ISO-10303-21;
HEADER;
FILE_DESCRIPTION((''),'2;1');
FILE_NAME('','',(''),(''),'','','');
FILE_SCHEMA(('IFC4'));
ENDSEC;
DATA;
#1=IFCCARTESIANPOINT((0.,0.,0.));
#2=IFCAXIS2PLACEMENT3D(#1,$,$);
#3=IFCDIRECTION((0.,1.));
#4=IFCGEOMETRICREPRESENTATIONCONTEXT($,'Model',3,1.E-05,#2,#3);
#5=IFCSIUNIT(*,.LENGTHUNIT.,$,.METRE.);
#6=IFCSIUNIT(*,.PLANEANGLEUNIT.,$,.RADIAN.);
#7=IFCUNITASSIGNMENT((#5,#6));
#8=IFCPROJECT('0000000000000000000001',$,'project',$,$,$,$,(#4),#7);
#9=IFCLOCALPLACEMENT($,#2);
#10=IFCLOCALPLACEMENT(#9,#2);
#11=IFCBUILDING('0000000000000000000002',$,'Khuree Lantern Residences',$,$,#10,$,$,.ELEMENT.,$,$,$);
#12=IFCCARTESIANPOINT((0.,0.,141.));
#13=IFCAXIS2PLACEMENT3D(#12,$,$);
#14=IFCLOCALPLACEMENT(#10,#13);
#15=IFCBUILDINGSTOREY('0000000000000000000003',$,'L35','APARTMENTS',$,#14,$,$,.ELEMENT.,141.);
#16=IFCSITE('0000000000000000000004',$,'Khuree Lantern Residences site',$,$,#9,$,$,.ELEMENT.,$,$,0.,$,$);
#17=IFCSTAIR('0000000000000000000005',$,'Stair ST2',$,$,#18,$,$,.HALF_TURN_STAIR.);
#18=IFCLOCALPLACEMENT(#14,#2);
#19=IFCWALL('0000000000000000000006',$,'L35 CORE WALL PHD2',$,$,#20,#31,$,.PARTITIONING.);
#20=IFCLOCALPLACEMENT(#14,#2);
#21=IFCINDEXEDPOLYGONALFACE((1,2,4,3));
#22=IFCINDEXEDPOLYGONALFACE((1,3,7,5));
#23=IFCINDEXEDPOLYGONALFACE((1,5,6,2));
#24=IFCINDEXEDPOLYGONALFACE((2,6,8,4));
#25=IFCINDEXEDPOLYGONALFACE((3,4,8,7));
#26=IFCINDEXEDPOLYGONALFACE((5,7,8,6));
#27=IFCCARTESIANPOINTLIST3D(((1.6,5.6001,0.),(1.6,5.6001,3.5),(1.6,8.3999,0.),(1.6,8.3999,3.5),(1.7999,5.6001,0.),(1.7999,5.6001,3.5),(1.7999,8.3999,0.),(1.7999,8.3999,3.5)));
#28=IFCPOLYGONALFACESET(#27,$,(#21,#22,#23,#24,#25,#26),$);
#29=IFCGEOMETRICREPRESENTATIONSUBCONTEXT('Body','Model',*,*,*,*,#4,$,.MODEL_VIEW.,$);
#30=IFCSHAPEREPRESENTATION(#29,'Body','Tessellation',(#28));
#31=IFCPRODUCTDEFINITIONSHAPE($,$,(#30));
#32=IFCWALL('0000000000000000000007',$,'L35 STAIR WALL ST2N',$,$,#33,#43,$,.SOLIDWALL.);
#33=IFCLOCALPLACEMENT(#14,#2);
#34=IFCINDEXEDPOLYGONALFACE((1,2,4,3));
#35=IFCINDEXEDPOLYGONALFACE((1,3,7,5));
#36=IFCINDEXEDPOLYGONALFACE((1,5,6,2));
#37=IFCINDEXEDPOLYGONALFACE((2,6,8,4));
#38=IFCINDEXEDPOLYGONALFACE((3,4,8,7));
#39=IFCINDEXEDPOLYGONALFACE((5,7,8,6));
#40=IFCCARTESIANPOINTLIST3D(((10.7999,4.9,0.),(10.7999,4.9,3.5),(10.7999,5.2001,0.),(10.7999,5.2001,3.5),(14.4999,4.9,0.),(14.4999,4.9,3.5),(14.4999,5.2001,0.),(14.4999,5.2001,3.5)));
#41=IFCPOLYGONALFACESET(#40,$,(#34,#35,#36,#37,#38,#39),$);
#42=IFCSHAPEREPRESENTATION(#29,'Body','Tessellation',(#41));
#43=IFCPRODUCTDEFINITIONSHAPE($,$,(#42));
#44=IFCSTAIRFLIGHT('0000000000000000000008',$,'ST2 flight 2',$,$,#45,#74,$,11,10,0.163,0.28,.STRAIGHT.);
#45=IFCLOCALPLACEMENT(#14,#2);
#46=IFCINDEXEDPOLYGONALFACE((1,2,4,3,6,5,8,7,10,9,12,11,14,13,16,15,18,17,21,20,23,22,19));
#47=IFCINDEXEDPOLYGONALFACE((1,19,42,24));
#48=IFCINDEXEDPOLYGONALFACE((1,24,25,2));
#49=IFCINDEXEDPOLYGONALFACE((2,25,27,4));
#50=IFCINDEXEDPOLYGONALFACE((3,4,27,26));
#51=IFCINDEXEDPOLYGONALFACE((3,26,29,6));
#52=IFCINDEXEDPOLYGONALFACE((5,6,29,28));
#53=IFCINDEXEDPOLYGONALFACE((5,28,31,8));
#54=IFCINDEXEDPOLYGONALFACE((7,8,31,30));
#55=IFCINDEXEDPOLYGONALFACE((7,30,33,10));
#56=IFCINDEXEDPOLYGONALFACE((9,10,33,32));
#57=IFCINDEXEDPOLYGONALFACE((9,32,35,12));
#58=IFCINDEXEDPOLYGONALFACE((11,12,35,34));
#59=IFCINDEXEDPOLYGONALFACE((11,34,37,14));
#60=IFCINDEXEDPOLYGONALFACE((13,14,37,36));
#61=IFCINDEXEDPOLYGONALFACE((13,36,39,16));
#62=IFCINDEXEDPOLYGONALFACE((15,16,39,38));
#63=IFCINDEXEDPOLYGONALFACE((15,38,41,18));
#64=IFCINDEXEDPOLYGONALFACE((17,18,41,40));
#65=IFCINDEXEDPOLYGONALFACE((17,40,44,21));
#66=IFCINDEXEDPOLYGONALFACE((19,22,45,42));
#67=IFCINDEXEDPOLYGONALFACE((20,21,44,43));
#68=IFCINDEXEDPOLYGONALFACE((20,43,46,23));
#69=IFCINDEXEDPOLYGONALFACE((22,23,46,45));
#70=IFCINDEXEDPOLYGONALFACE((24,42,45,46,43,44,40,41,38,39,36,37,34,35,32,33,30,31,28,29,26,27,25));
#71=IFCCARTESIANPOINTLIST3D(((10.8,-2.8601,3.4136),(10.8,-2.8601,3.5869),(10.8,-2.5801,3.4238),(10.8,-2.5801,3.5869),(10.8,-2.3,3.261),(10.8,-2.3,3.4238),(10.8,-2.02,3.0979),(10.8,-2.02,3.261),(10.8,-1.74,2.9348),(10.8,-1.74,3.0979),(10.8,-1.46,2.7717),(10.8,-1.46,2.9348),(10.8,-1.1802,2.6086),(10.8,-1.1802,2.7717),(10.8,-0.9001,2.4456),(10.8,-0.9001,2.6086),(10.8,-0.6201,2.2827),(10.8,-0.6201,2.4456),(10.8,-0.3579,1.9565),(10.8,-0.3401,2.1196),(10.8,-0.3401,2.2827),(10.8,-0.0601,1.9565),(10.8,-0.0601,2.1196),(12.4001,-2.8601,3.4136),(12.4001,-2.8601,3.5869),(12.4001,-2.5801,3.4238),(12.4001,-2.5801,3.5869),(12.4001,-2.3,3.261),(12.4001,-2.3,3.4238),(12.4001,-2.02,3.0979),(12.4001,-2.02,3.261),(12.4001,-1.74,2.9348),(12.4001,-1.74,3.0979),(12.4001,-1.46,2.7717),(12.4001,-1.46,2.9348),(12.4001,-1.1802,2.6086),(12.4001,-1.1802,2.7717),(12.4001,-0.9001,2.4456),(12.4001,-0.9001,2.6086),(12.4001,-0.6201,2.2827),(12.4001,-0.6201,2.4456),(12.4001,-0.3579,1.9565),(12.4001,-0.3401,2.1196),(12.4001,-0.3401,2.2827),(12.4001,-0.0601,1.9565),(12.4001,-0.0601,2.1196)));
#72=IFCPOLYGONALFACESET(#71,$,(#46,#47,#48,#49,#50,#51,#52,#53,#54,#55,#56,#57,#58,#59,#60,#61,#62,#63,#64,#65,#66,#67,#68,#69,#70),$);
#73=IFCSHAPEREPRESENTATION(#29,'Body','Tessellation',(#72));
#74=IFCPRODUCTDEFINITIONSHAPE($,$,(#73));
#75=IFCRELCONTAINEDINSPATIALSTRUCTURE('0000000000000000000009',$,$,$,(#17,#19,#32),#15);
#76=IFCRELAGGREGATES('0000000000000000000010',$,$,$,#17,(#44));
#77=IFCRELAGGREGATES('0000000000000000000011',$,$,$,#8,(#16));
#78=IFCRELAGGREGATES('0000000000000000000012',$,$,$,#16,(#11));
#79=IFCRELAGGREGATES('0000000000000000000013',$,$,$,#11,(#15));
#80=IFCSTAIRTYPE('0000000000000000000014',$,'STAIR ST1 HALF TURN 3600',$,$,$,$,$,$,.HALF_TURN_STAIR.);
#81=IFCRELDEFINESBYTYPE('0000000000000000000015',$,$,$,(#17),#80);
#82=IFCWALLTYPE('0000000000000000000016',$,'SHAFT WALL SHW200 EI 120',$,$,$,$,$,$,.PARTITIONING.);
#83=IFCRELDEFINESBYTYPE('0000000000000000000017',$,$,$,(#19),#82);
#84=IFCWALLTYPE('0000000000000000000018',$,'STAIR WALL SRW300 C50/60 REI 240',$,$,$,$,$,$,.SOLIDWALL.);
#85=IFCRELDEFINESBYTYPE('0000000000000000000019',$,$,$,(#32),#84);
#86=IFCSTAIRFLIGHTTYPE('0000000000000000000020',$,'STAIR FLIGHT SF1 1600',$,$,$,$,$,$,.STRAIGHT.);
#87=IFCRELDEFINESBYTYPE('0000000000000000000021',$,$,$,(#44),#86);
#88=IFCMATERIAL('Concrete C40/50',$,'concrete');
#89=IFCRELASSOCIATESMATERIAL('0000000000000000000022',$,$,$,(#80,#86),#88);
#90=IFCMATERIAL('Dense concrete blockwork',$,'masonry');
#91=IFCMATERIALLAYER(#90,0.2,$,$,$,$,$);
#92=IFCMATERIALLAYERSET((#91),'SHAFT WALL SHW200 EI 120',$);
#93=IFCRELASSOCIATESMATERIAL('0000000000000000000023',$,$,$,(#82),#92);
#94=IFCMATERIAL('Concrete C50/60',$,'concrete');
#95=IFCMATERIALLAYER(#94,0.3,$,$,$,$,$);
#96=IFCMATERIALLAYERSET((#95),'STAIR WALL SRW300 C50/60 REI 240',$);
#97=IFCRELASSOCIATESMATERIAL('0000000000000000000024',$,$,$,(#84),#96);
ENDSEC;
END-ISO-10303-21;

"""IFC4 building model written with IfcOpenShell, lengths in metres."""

from ifc_helpers import new_model, si_unit, direction, frame, frame_2d, origin, place, context, subcontext, project, spatial, polyline, rectangle, outline, extrude, material, layer, layer_set, type_object, element, aggregate, save


model = new_model("IFC4")

# Units and contexts
model_context = context("Model", 3, precision=1e-05, world=origin(), true_north=direction((0.0, 1.0)))
body_context = subcontext(model_context, "Body", "Model", "MODEL_VIEW")
ifc_project = project(units=[si_unit("LENGTHUNIT", "METRE"), si_unit("PLANEANGLEUNIT", "RADIAN")], contexts=[model_context])

# Site, building, storey
site_placement = place(None, origin())
site = spatial("IfcSite", under=ifc_project, at=site_placement, Name="Khuree Lantern Residences site", CompositionType="ELEMENT", RefElevation=0.0)
building_placement = place(site_placement, origin())
building = spatial("IfcBuilding", under=site, at=building_placement, Name="Khuree Lantern Residences", CompositionType="ELEMENT")
storey_placement = place(building_placement, frame((0.0, 0.0, 141.0)))
storey = spatial("IfcBuildingStorey", under=building, at=storey_placement, Name="L35", Description="APARTMENTS", CompositionType="ELEMENT", Elevation=141.0)

# Shared definitions
ifc_material_1 = material(Name="Concrete C40/50", Category="concrete")
stair_type = type_object("IfcStairType", Name="STAIR ST1 HALF TURN 3600", PredefinedType="HALF_TURN_STAIR", material=ifc_material_1)

# Stair
stair_1_placement = place(storey_placement, origin())
stair_1 = element("IfcStair", 1, at=stair_1_placement, inside=storey, type_object=stair_type, Name="Stair ST2", PredefinedType="HALF_TURN_STAIR")

# Shared definitions
ifc_material_2 = material(Name="Dense concrete blockwork", Category="masonry")

# Walls
ifc_layer_1 = layer(ifc_material_2, 0.2)
ifc_layer_set_1 = layer_set([ifc_layer_1], Name="SHAFT WALL SHW200 EI 120")
wall_type_1 = type_object("IfcWallType", Name="SHAFT WALL SHW200 EI 120", PredefinedType="PARTITIONING", material=ifc_layer_set_1)
wall_1_placement = place(storey_placement, frame((1.7, 5.6001, 0.0), z_axis=(0.0, 0.0, 1.0), x_axis=(0.0, 1.0, 0.0)))
element("IfcWall", 2, at=wall_1_placement, inside=storey, type_object=wall_type_1, Name="L35 CORE WALL PHD2", PredefinedType="PARTITIONING", context=body_context, shape_type="SweptSolid", body=[
    extrude(rectangle(XDim=2.7998, YDim=0.2, at=frame_2d((1.3999, 0.0))), origin(), (0.0, 0.0, 1.0), 3.5),
])
ifc_material_3 = material(Name="Concrete C50/60", Category="concrete")
ifc_layer_2 = layer(ifc_material_3, 0.3)
ifc_layer_set_2 = layer_set([ifc_layer_2], Name="STAIR WALL SRW300 C50/60 REI 240")
wall_type_2 = type_object("IfcWallType", Name="STAIR WALL SRW300 C50/60 REI 240", PredefinedType="SOLIDWALL", material=ifc_layer_set_2)
wall_2_placement = place(storey_placement, frame((14.5, 5.05, 0.0), z_axis=(0.0, 0.0, 1.0), x_axis=(-1.0, 0.0, 0.0)))
element("IfcWall", 3, at=wall_2_placement, inside=storey, type_object=wall_type_2, Name="L35 STAIR WALL ST2N", PredefinedType="SOLIDWALL", context=body_context, shape_type="SweptSolid", body=[
    extrude(rectangle(XDim=3.7, YDim=0.3, at=frame_2d((1.8501, 0.0))), origin(), (0.0, 0.0, 1.0), 3.5),
])

# Stair flight
stair_flight_type = type_object("IfcStairFlightType", Name="STAIR FLIGHT SF1 1600", PredefinedType="STRAIGHT", material=ifc_material_1)
stair_flight_placement = place(storey_placement, frame((11.6001, -0.0601, 1.9565), z_axis=(0.0, 0.0, 1.0), x_axis=(0.0, -1.0, 0.0)))
stair_flight = element("IfcStairFlight", 4, at=stair_flight_placement, type_object=stair_flight_type, Name="ST2 flight 2", NumberOfRisers=11, NumberOfTreads=10, PredefinedType="STRAIGHT", RiserHeight=0.163, TreadLength=0.28, context=body_context, shape_type="SweptSolid", body=[
    extrude(outline(polyline([(0.0, 0.0), (0.0, 0.1631), (0.28, 0.1631), (0.28, 0.3262), (0.5601, 0.3262), (0.5601, 0.489), (0.8401, 0.489), (0.8401, 0.6521), (1.1201, 0.6521), (1.1201, 0.8152), (1.3999, 0.8152), (1.3999, 0.9783), (1.6799, 0.9783), (1.6799, 1.1414), (1.96, 1.1414), (1.96, 1.3044), (2.24, 1.3044), (2.24, 1.4673), (2.52, 1.4673), (2.52, 1.6304), (2.8, 1.6304), (2.8, 1.7935), (2.8, 1.457), (0.2979, 0.0), (0.0, 0.0)])), frame((0.0, 0.8, 0.0), z_axis=(0.0, -1.0, 0.0), x_axis=(1.0, 0.0, 0.0)), (0.0, 0.0, 1.0), 1.6001),
])
aggregate(stair_1, [stair_flight])

save(model, "model.ifc")
